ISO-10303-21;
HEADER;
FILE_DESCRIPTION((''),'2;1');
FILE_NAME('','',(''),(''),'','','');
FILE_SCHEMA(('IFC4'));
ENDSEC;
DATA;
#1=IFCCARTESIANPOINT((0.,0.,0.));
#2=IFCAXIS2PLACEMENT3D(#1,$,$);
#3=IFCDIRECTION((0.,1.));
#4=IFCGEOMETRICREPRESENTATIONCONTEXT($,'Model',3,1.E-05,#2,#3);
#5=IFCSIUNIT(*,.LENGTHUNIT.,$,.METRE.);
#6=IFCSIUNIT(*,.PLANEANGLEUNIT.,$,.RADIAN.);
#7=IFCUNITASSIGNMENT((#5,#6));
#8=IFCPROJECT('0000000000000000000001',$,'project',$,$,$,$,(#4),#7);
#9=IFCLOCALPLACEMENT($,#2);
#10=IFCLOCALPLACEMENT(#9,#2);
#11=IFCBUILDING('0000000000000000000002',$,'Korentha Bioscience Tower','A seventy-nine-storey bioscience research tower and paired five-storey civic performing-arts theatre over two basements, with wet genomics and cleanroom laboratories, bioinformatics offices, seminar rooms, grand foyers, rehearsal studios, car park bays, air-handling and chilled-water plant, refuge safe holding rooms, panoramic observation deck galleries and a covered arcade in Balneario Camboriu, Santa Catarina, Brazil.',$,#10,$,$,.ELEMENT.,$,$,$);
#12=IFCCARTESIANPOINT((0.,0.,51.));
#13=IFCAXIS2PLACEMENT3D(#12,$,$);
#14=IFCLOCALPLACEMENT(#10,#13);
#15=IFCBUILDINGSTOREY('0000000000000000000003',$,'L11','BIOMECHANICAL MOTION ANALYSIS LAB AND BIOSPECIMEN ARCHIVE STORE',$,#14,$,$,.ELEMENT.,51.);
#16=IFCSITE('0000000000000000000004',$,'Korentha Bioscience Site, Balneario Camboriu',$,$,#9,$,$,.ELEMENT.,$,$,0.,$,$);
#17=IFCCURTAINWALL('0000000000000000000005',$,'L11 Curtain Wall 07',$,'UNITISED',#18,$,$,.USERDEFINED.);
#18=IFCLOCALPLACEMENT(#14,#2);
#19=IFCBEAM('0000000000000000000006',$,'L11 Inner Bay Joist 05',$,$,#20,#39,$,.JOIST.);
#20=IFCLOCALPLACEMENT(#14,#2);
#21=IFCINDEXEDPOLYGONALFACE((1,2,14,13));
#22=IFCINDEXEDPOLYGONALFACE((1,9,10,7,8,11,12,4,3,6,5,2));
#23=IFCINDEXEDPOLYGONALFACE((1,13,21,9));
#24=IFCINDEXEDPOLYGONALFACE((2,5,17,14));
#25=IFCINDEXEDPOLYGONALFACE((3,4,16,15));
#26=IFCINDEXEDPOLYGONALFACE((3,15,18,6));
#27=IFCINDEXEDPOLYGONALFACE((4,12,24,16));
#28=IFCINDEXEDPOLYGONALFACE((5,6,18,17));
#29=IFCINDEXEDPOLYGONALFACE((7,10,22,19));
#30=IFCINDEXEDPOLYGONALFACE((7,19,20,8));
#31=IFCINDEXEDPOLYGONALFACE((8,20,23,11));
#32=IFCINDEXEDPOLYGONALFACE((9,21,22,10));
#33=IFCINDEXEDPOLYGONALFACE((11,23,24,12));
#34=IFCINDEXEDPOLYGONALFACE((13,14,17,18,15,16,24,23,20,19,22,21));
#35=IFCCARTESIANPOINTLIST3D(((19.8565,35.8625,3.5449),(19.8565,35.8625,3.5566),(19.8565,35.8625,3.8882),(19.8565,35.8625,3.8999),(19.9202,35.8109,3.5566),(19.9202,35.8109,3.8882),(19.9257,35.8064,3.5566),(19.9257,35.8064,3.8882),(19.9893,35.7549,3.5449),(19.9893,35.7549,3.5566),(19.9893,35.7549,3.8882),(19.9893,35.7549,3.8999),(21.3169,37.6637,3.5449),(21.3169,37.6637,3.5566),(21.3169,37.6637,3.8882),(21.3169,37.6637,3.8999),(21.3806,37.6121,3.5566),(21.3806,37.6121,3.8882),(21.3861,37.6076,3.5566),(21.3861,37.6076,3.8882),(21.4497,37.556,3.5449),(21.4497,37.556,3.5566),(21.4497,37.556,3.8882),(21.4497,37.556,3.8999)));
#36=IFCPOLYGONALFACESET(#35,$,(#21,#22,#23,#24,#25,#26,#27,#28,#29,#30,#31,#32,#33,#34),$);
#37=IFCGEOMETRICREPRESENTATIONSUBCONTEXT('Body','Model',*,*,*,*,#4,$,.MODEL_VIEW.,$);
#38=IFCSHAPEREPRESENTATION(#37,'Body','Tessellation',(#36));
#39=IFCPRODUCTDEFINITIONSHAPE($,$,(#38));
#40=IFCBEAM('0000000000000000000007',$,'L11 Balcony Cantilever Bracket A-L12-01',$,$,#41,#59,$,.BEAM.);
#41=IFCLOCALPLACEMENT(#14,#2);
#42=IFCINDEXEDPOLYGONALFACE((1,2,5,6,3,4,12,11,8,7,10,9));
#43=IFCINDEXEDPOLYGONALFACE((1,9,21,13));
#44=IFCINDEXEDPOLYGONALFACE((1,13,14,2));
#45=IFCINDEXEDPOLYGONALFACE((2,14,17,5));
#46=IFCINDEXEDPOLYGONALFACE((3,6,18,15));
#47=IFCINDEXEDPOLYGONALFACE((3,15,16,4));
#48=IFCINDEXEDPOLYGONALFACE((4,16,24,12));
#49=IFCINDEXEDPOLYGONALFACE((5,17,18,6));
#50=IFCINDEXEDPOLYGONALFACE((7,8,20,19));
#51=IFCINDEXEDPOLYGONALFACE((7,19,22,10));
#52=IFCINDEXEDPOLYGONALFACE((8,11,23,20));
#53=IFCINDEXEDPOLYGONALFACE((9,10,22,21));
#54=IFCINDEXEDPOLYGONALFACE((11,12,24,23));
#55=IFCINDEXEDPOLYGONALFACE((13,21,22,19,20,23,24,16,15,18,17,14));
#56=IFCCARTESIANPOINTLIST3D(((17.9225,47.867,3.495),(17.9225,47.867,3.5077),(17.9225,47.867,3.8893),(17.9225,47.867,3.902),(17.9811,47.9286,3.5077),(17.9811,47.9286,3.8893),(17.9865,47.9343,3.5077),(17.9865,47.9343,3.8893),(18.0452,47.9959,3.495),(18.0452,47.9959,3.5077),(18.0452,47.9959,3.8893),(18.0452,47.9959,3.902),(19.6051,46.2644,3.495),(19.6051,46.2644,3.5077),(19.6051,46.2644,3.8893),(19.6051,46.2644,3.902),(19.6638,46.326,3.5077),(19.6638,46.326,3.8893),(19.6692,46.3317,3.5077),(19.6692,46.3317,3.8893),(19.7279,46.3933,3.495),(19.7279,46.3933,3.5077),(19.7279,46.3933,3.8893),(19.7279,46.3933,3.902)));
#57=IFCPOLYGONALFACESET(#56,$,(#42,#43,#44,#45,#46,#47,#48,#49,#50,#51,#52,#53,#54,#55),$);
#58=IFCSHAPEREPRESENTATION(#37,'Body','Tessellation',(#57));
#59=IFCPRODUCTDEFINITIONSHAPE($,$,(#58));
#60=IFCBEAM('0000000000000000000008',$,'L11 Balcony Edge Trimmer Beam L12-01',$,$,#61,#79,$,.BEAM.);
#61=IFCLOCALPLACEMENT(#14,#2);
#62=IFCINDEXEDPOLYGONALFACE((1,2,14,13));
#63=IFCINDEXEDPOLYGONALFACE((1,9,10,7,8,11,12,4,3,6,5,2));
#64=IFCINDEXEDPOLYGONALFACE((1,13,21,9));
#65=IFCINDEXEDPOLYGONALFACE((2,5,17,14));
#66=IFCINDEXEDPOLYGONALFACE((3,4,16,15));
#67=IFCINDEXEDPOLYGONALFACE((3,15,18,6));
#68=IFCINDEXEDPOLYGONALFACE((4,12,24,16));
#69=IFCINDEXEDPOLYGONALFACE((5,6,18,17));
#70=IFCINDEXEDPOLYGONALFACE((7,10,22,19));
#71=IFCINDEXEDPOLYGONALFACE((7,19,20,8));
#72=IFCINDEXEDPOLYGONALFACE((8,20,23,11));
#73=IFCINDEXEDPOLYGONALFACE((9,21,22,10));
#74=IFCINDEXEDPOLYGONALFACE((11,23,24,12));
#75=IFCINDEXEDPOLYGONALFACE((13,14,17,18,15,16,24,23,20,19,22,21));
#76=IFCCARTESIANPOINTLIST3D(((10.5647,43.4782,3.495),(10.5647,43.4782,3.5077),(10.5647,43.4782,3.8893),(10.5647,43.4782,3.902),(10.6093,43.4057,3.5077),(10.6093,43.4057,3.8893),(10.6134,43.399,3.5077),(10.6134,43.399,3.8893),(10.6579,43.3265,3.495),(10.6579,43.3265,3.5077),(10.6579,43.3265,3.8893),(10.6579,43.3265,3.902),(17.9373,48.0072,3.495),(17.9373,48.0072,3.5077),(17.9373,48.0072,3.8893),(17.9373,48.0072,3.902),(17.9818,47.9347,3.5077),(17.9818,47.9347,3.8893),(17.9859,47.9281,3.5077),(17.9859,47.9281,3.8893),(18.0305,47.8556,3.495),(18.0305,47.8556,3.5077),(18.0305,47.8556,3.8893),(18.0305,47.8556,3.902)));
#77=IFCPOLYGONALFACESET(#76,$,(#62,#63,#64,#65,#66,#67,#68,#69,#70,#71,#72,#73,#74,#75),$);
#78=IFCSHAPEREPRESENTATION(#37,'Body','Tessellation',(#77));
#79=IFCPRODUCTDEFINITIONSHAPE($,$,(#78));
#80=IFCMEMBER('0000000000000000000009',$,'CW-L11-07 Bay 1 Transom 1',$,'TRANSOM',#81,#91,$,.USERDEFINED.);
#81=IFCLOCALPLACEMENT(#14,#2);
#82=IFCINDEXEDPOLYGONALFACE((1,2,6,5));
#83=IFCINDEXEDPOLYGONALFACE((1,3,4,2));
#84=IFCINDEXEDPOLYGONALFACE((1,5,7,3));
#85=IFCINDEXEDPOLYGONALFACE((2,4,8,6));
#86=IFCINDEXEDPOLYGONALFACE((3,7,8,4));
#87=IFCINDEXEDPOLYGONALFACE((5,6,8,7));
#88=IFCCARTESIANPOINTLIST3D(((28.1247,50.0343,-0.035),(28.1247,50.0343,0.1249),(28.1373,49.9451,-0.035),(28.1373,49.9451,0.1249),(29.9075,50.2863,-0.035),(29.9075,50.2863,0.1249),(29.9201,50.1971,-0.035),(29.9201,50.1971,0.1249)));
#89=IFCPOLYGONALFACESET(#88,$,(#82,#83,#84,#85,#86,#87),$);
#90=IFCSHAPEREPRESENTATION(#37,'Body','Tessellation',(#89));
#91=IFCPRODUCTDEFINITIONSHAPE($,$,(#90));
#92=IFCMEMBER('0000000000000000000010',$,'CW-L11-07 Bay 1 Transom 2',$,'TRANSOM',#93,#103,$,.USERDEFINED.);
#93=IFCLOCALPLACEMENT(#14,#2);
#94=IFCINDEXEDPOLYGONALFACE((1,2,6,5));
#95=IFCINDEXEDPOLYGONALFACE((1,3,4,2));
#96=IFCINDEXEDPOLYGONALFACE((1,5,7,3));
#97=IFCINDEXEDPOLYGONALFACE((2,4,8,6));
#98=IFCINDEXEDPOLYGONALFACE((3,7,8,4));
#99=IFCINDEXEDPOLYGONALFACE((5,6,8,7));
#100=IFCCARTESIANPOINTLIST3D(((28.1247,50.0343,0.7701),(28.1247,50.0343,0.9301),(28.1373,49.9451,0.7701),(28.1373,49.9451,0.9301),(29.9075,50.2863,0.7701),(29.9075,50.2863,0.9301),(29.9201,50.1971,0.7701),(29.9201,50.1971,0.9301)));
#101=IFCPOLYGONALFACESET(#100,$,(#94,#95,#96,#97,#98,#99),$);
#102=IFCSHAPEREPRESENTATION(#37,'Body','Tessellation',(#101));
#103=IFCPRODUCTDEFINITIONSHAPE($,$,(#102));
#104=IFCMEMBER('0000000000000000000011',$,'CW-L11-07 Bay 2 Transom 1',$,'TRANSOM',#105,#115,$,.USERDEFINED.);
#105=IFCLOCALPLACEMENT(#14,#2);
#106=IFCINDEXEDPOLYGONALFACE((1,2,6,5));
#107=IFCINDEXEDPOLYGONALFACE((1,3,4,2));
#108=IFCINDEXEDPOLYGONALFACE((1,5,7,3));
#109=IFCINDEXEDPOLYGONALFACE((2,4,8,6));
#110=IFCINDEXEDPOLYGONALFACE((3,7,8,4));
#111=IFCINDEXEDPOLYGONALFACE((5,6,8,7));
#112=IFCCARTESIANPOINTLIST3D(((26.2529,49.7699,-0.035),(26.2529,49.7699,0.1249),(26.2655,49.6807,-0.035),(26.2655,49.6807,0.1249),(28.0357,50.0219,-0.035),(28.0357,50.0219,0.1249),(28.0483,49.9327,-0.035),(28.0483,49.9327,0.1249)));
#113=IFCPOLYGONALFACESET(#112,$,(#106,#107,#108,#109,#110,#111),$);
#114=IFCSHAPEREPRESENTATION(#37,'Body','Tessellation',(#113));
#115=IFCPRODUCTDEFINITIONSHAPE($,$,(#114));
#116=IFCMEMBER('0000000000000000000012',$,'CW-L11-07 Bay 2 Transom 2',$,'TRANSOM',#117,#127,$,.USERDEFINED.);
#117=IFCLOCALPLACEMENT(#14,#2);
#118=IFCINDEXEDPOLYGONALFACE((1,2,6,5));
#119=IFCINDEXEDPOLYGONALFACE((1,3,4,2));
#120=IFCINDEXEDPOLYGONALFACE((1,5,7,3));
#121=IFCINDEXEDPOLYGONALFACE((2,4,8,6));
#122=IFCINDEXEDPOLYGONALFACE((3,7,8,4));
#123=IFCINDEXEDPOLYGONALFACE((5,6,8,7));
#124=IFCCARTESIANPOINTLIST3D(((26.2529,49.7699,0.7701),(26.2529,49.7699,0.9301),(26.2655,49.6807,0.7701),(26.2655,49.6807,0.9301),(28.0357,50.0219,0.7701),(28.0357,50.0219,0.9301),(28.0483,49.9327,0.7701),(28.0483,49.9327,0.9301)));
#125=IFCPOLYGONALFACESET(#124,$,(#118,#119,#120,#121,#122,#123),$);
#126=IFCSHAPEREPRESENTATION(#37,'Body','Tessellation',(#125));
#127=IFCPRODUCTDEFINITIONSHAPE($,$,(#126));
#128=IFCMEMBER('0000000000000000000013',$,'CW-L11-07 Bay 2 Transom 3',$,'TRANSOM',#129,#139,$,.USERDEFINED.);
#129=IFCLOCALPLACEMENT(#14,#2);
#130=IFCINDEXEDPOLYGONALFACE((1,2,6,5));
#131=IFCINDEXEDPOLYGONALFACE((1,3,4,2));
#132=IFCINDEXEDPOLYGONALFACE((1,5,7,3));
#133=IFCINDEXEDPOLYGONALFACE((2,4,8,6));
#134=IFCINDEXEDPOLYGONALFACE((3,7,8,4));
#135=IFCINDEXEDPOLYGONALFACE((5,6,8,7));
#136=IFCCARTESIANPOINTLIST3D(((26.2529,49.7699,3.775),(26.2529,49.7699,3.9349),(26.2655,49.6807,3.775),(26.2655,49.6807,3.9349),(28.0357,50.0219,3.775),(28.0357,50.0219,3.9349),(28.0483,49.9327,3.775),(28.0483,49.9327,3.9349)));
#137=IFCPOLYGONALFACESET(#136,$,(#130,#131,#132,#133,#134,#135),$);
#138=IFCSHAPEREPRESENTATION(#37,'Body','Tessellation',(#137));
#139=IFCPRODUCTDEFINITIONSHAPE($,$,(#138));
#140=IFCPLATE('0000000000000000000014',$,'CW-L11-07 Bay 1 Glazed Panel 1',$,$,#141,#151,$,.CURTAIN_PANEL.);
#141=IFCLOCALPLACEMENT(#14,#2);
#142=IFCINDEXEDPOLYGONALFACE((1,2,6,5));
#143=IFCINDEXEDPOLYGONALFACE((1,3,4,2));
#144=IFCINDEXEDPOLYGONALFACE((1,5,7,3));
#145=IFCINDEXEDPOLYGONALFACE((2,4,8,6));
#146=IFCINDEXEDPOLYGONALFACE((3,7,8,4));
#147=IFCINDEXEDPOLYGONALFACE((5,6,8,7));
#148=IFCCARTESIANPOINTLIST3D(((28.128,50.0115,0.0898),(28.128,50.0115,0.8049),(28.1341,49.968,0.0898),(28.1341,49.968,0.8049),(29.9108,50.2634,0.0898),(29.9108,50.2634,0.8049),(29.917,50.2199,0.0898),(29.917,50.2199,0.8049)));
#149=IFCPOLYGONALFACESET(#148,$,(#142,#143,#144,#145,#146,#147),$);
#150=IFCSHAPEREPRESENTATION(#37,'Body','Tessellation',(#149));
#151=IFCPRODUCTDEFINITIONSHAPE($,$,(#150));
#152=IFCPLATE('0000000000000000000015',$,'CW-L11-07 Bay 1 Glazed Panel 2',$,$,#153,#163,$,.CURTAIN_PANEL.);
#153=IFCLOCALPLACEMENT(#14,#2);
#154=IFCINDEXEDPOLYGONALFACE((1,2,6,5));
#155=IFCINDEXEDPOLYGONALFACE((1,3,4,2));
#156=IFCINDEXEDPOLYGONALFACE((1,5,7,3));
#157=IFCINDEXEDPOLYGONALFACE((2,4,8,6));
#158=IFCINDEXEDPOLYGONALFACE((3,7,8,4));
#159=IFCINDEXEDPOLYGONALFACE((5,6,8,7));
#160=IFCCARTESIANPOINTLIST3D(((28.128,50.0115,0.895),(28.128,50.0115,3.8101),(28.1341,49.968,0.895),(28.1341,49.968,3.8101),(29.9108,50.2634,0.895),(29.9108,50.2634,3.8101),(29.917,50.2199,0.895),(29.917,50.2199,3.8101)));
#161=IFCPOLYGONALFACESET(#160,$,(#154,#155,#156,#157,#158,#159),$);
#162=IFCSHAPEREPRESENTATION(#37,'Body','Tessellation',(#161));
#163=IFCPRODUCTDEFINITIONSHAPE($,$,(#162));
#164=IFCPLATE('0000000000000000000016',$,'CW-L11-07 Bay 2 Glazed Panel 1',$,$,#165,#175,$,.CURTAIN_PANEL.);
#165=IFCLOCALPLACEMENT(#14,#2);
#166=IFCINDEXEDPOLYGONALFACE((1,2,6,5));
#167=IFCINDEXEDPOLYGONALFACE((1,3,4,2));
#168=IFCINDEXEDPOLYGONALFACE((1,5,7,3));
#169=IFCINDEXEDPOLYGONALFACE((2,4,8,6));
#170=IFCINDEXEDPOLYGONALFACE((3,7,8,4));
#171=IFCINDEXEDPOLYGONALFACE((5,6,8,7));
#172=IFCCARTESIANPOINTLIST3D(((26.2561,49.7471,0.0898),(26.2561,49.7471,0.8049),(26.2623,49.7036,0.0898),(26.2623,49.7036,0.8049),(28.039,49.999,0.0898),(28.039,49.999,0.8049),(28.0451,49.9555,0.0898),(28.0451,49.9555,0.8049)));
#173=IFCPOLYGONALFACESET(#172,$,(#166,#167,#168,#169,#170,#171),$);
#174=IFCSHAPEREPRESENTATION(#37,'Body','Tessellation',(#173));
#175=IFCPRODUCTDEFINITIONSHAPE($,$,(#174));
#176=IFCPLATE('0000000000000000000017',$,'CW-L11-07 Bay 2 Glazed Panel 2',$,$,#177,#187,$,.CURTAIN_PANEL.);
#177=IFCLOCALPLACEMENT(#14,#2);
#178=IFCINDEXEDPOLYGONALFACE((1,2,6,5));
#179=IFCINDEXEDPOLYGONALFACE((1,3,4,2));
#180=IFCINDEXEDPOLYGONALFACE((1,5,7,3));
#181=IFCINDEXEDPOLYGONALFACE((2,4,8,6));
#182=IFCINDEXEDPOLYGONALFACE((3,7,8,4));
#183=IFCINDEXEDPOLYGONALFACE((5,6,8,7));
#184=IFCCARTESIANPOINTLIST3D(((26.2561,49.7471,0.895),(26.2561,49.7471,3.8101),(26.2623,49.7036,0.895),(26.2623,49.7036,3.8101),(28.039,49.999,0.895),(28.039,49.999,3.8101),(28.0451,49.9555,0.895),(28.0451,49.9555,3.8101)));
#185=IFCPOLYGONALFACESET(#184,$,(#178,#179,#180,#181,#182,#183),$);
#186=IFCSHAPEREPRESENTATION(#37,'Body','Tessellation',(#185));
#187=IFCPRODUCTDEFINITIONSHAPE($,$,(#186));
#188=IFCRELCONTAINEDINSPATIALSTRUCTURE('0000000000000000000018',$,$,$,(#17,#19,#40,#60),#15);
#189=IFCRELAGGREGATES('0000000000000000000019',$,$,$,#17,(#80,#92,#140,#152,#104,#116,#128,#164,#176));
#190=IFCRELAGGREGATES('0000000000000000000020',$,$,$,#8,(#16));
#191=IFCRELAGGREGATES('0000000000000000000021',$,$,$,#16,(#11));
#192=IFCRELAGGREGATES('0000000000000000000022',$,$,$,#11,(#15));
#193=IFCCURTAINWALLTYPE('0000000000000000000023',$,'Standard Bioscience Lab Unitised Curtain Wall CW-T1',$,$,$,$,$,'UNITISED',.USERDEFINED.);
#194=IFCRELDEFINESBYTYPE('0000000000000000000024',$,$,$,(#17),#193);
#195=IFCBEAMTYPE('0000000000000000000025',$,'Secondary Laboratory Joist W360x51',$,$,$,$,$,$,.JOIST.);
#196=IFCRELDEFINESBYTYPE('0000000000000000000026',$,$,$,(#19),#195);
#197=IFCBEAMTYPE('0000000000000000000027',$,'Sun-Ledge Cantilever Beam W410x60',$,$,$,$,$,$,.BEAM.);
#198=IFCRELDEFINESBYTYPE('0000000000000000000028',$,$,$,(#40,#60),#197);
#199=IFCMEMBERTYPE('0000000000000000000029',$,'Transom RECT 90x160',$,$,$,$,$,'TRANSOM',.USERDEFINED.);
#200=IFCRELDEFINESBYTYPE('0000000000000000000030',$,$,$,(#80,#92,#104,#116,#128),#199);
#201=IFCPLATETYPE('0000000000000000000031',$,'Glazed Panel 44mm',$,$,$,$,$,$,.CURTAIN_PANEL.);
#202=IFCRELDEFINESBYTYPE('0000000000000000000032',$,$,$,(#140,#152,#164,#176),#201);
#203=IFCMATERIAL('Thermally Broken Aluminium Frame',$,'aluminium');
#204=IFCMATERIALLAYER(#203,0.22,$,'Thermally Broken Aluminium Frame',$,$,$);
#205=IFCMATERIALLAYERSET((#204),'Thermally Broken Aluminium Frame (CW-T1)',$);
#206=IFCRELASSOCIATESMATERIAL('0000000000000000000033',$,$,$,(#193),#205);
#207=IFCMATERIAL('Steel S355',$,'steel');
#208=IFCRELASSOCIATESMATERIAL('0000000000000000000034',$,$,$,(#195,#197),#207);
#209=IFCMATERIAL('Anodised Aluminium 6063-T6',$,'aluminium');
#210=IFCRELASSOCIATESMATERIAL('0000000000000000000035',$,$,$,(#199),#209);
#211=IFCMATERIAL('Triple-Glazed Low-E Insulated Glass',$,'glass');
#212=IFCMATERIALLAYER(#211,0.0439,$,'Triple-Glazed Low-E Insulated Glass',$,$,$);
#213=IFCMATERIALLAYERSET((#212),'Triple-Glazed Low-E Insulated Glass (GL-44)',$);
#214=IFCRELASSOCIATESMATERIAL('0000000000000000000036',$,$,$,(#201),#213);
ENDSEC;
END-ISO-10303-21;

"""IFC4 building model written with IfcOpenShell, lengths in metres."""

from ifc_helpers import new_model, si_unit, direction, frame, origin, origin_2d, place, context, subcontext, project, spatial, rectangle, i_section, extrude, material, layer, layer_set, material_profile, profile_set, type_object, element, aggregate, save


model = new_model("IFC4")

# Units and contexts
model_context = context("Model", 3, precision=1e-05, world=origin(), true_north=direction((0.0, 1.0)))
body_context = subcontext(model_context, "Body", "Model", "MODEL_VIEW")
ifc_project = project(units=[si_unit("LENGTHUNIT", "METRE"), si_unit("PLANEANGLEUNIT", "RADIAN")], contexts=[model_context])

# Site, building, storey
site_placement = place(None, origin())
site = spatial("IfcSite", under=ifc_project, at=site_placement, Name="Korentha Bioscience Site, Balneario Camboriu", CompositionType="ELEMENT", RefElevation=0.0)
building_placement = place(site_placement, origin())
building = spatial("IfcBuilding", under=site, at=building_placement, Name="Korentha Bioscience Tower", Description="A seventy-nine-storey bioscience research tower and paired five-storey civic performing-arts theatre over two basements, with wet genomics and cleanroom laboratories, bioinformatics offices, seminar rooms, grand foyers, rehearsal studios, car park bays, air-handling and chilled-water plant, refuge safe holding rooms, panoramic observation deck galleries and a covered arcade in Balneario Camboriu, Santa Catarina, Brazil.", CompositionType="ELEMENT")
storey_placement = place(building_placement, frame((0.0, 0.0, 51.0)))
storey = spatial("IfcBuildingStorey", under=building, at=storey_placement, Name="L11", Description="BIOMECHANICAL MOTION ANALYSIS LAB AND BIOSPECIMEN ARCHIVE STORE", CompositionType="ELEMENT", Elevation=51.0)

# Shared definitions
ifc_material_1 = material(Name="Steel S355", Category="steel")

# Curtain wall
ifc_material_2 = material(Name="Thermally Broken Aluminium Frame", Category="aluminium")
ifc_layer_1 = layer(ifc_material_2, 0.22, Name="Thermally Broken Aluminium Frame")
ifc_layer_set_1 = layer_set([ifc_layer_1], Name="Thermally Broken Aluminium Frame (CW-T1)")
curtain_wall_type = type_object("IfcCurtainWallType", Name="Standard Bioscience Lab Unitised Curtain Wall CW-T1", ElementType="UNITISED", PredefinedType="USERDEFINED", material=ifc_layer_set_1)
curtain_wall_placement = place(storey_placement, origin())
curtain_wall = element("IfcCurtainWall", 1, at=curtain_wall_placement, inside=storey, type_object=curtain_wall_type, Name="L11 Curtain Wall 07", ObjectType="UNITISED", PredefinedType="USERDEFINED")
ifc_material_3 = material(Name="Anodised Aluminium 6063-T6", Category="aluminium")

# Beams
ifc_material_profile_1 = material_profile(ifc_material_1, i_section(OverallWidth=0.1709, OverallDepth=0.355, WebThickness=0.0071, FlangeThickness=0.0117, at=origin_2d()), Name="Steel S355")
ifc_profile_set_1 = profile_set([ifc_material_profile_1], Name="Steel S355 (JB-360)")
beam_type_1 = type_object("IfcBeamType", Name="Secondary Laboratory Joist W360x51", PredefinedType="JOIST", material=ifc_profile_set_1)
beam_1_placement = place(storey_placement, frame((21.3833, 37.6099, 3.7224), z_axis=(-0.629792, -0.776764, 0.0), x_axis=(0.776764, -0.629792, 0.0)))
element("IfcBeam", 2, at=beam_1_placement, inside=storey, type_object=beam_type_1, Name="L11 Inner Bay Joist 05", PredefinedType="JOIST", context=body_context, shape_type="SweptSolid", body=[
    extrude(i_section(OverallWidth=0.1709, OverallDepth=0.355, WebThickness=0.0071, FlangeThickness=0.0117, at=origin_2d()), origin(), (0.0, 0.0, 1.0), 2.3188),
])
ifc_material_profile_2 = material_profile(ifc_material_1, i_section(OverallWidth=0.178, OverallDepth=0.407, WebThickness=0.0078, FlangeThickness=0.0127, at=origin_2d()), Name="Steel S355")
ifc_profile_set_2 = profile_set([ifc_material_profile_2], Name="Steel S355 (CB-410)")
beam_type_2 = type_object("IfcBeamType", Name="Sun-Ledge Cantilever Beam W410x60", PredefinedType="BEAM", material=ifc_profile_set_2)
beam_2_placement = place(storey_placement, frame((19.6665, 46.3289, 3.6985), z_axis=(-0.724128, 0.689666, 0.0), x_axis=(-0.689666, -0.724128, 0.0)))
element("IfcBeam", 3, at=beam_2_placement, inside=storey, type_object=beam_type_2, Name="L11 Balcony Cantilever Bracket A-L12-01", PredefinedType="BEAM", context=body_context, shape_type="SweptSolid", body=[
    extrude(i_section(OverallWidth=0.178, OverallDepth=0.407, WebThickness=0.0078, FlangeThickness=0.0127, at=origin_2d()), origin(), (0.0, 0.0, 1.0), 2.3237),
])
beam_3_placement = place(storey_placement, frame((17.9839, 47.9314, 3.6985), z_axis=(-0.852066, -0.523434, 0.0), x_axis=(0.523434, -0.852066, 0.0)))
element("IfcBeam", 4, at=beam_3_placement, inside=storey, type_object=beam_type_2, Name="L11 Balcony Edge Trimmer Beam L12-01", PredefinedType="BEAM", context=body_context, shape_type="SweptSolid", body=[
    extrude(i_section(OverallWidth=0.178, OverallDepth=0.407, WebThickness=0.0078, FlangeThickness=0.0127, at=origin_2d()), origin(), (0.0, 0.0, 1.0), 8.6526),
])

# Members
ifc_material_profile_3 = material_profile(ifc_material_3, rectangle(XDim=0.0901, YDim=0.1599, at=origin_2d()), Name="Anodised Aluminium 6063-T6")
ifc_profile_set_3 = profile_set([ifc_material_profile_3], Name="Anodised Aluminium 6063-T6 (CW-TRN)")
member_type_1 = type_object("IfcMemberType", Name="Transom RECT 90x160", ElementType="TRANSOM", PredefinedType="USERDEFINED", material=ifc_profile_set_3)
member_1_placement = place(storey_placement, frame((29.9138, 50.2417, 0.0449), z_axis=(-0.99016, -0.13994, 0.0), x_axis=(0.13994, -0.99016, 0.0)))
member_1 = element("IfcMember", 5, at=member_1_placement, type_object=member_type_1, Name="CW-L11-07 Bay 1 Transom 1", ObjectType="TRANSOM", PredefinedType="USERDEFINED", context=body_context, shape_type="SweptSolid", body=[
    extrude(rectangle(XDim=0.0901, YDim=0.1599, at=origin_2d()), origin(), (0.0, 0.0, 1.0), 1.8005),
])
member_2_placement = place(storey_placement, frame((29.9138, 50.2417, 0.8501), z_axis=(-0.99016, -0.13994, 0.0), x_axis=(0.13994, -0.99016, 0.0)))
member_2 = element("IfcMember", 6, at=member_2_placement, type_object=member_type_1, Name="CW-L11-07 Bay 1 Transom 2", ObjectType="TRANSOM", PredefinedType="USERDEFINED", context=body_context, shape_type="SweptSolid", body=[
    extrude(rectangle(XDim=0.0901, YDim=0.1599, at=origin_2d()), origin(), (0.0, 0.0, 1.0), 1.8005),
])
member_3_placement = place(storey_placement, frame((28.042, 49.9773, 0.0449), z_axis=(-0.99016, -0.13994, 0.0), x_axis=(0.13994, -0.99016, 0.0)))
member_3 = element("IfcMember", 7, at=member_3_placement, type_object=member_type_1, Name="CW-L11-07 Bay 2 Transom 1", ObjectType="TRANSOM", PredefinedType="USERDEFINED", context=body_context, shape_type="SweptSolid", body=[
    extrude(rectangle(XDim=0.0901, YDim=0.1599, at=origin_2d()), origin(), (0.0, 0.0, 1.0), 1.8005),
])
member_4_placement = place(storey_placement, frame((28.042, 49.9773, 0.8501), z_axis=(-0.99016, -0.13994, 0.0), x_axis=(0.13994, -0.99016, 0.0)))
member_4 = element("IfcMember", 8, at=member_4_placement, type_object=member_type_1, Name="CW-L11-07 Bay 2 Transom 2", ObjectType="TRANSOM", PredefinedType="USERDEFINED", context=body_context, shape_type="SweptSolid", body=[
    extrude(rectangle(XDim=0.0901, YDim=0.1599, at=origin_2d()), origin(), (0.0, 0.0, 1.0), 1.8005),
])
member_5_placement = place(storey_placement, frame((28.042, 49.9773, 3.855), z_axis=(-0.99016, -0.13994, 0.0), x_axis=(0.13994, -0.99016, 0.0)))
member_5 = element("IfcMember", 9, at=member_5_placement, type_object=member_type_1, Name="CW-L11-07 Bay 2 Transom 3", ObjectType="TRANSOM", PredefinedType="USERDEFINED", context=body_context, shape_type="SweptSolid", body=[
    extrude(rectangle(XDim=0.0901, YDim=0.1599, at=origin_2d()), origin(), (0.0, 0.0, 1.0), 1.8005),
])

# Plates
ifc_material_4 = material(Name="Triple-Glazed Low-E Insulated Glass", Category="glass")
ifc_layer_2 = layer(ifc_material_4, 0.0439, Name="Triple-Glazed Low-E Insulated Glass")
ifc_layer_set_2 = layer_set([ifc_layer_2], Name="Triple-Glazed Low-E Insulated Glass (GL-44)")
plate_type = type_object("IfcPlateType", Name="Glazed Panel 44mm", PredefinedType="CURTAIN_PANEL", material=ifc_layer_set_2)
plate_1_placement = place(storey_placement, frame((29.0225, 50.1157, 0.0898), z_axis=(0.0, 0.0, 1.0), x_axis=(-0.990167, -0.139888, 0.0)))
plate_1 = element("IfcPlate", 10, at=plate_1_placement, type_object=plate_type, Name="CW-L11-07 Bay 1 Glazed Panel 1", PredefinedType="CURTAIN_PANEL", context=body_context, shape_type="SweptSolid", body=[
    extrude(rectangle(XDim=1.8005, YDim=0.0439, at=origin_2d()), origin(), (0.0, 0.0, 1.0), 0.7151),
])
plate_2_placement = place(storey_placement, frame((29.0225, 50.1157, 0.895), z_axis=(0.0, 0.0, 1.0), x_axis=(-0.990167, -0.139888, 0.0)))
plate_2 = element("IfcPlate", 11, at=plate_2_placement, type_object=plate_type, Name="CW-L11-07 Bay 1 Glazed Panel 2", PredefinedType="CURTAIN_PANEL", context=body_context, shape_type="SweptSolid", body=[
    extrude(rectangle(XDim=1.8005, YDim=0.0439, at=origin_2d()), origin(), (0.0, 0.0, 1.0), 2.915),
])
plate_3_placement = place(storey_placement, frame((27.1506, 49.8513, 0.0898), z_axis=(0.0, 0.0, 1.0), x_axis=(-0.990167, -0.139888, 0.0)))
plate_3 = element("IfcPlate", 12, at=plate_3_placement, type_object=plate_type, Name="CW-L11-07 Bay 2 Glazed Panel 1", PredefinedType="CURTAIN_PANEL", context=body_context, shape_type="SweptSolid", body=[
    extrude(rectangle(XDim=1.8005, YDim=0.0439, at=origin_2d()), origin(), (0.0, 0.0, 1.0), 0.7151),
])
plate_4_placement = place(storey_placement, frame((27.1506, 49.8513, 0.895), z_axis=(0.0, 0.0, 1.0), x_axis=(-0.990167, -0.139888, 0.0)))
plate_4 = element("IfcPlate", 13, at=plate_4_placement, type_object=plate_type, Name="CW-L11-07 Bay 2 Glazed Panel 2", PredefinedType="CURTAIN_PANEL", context=body_context, shape_type="SweptSolid", body=[
    extrude(rectangle(XDim=1.8005, YDim=0.0439, at=origin_2d()), origin(), (0.0, 0.0, 1.0), 2.915),
])
aggregate(curtain_wall, [member_1, member_2, plate_1, plate_2, member_3, member_4, member_5, plate_3, plate_4])

save(model, "model.ifc")
